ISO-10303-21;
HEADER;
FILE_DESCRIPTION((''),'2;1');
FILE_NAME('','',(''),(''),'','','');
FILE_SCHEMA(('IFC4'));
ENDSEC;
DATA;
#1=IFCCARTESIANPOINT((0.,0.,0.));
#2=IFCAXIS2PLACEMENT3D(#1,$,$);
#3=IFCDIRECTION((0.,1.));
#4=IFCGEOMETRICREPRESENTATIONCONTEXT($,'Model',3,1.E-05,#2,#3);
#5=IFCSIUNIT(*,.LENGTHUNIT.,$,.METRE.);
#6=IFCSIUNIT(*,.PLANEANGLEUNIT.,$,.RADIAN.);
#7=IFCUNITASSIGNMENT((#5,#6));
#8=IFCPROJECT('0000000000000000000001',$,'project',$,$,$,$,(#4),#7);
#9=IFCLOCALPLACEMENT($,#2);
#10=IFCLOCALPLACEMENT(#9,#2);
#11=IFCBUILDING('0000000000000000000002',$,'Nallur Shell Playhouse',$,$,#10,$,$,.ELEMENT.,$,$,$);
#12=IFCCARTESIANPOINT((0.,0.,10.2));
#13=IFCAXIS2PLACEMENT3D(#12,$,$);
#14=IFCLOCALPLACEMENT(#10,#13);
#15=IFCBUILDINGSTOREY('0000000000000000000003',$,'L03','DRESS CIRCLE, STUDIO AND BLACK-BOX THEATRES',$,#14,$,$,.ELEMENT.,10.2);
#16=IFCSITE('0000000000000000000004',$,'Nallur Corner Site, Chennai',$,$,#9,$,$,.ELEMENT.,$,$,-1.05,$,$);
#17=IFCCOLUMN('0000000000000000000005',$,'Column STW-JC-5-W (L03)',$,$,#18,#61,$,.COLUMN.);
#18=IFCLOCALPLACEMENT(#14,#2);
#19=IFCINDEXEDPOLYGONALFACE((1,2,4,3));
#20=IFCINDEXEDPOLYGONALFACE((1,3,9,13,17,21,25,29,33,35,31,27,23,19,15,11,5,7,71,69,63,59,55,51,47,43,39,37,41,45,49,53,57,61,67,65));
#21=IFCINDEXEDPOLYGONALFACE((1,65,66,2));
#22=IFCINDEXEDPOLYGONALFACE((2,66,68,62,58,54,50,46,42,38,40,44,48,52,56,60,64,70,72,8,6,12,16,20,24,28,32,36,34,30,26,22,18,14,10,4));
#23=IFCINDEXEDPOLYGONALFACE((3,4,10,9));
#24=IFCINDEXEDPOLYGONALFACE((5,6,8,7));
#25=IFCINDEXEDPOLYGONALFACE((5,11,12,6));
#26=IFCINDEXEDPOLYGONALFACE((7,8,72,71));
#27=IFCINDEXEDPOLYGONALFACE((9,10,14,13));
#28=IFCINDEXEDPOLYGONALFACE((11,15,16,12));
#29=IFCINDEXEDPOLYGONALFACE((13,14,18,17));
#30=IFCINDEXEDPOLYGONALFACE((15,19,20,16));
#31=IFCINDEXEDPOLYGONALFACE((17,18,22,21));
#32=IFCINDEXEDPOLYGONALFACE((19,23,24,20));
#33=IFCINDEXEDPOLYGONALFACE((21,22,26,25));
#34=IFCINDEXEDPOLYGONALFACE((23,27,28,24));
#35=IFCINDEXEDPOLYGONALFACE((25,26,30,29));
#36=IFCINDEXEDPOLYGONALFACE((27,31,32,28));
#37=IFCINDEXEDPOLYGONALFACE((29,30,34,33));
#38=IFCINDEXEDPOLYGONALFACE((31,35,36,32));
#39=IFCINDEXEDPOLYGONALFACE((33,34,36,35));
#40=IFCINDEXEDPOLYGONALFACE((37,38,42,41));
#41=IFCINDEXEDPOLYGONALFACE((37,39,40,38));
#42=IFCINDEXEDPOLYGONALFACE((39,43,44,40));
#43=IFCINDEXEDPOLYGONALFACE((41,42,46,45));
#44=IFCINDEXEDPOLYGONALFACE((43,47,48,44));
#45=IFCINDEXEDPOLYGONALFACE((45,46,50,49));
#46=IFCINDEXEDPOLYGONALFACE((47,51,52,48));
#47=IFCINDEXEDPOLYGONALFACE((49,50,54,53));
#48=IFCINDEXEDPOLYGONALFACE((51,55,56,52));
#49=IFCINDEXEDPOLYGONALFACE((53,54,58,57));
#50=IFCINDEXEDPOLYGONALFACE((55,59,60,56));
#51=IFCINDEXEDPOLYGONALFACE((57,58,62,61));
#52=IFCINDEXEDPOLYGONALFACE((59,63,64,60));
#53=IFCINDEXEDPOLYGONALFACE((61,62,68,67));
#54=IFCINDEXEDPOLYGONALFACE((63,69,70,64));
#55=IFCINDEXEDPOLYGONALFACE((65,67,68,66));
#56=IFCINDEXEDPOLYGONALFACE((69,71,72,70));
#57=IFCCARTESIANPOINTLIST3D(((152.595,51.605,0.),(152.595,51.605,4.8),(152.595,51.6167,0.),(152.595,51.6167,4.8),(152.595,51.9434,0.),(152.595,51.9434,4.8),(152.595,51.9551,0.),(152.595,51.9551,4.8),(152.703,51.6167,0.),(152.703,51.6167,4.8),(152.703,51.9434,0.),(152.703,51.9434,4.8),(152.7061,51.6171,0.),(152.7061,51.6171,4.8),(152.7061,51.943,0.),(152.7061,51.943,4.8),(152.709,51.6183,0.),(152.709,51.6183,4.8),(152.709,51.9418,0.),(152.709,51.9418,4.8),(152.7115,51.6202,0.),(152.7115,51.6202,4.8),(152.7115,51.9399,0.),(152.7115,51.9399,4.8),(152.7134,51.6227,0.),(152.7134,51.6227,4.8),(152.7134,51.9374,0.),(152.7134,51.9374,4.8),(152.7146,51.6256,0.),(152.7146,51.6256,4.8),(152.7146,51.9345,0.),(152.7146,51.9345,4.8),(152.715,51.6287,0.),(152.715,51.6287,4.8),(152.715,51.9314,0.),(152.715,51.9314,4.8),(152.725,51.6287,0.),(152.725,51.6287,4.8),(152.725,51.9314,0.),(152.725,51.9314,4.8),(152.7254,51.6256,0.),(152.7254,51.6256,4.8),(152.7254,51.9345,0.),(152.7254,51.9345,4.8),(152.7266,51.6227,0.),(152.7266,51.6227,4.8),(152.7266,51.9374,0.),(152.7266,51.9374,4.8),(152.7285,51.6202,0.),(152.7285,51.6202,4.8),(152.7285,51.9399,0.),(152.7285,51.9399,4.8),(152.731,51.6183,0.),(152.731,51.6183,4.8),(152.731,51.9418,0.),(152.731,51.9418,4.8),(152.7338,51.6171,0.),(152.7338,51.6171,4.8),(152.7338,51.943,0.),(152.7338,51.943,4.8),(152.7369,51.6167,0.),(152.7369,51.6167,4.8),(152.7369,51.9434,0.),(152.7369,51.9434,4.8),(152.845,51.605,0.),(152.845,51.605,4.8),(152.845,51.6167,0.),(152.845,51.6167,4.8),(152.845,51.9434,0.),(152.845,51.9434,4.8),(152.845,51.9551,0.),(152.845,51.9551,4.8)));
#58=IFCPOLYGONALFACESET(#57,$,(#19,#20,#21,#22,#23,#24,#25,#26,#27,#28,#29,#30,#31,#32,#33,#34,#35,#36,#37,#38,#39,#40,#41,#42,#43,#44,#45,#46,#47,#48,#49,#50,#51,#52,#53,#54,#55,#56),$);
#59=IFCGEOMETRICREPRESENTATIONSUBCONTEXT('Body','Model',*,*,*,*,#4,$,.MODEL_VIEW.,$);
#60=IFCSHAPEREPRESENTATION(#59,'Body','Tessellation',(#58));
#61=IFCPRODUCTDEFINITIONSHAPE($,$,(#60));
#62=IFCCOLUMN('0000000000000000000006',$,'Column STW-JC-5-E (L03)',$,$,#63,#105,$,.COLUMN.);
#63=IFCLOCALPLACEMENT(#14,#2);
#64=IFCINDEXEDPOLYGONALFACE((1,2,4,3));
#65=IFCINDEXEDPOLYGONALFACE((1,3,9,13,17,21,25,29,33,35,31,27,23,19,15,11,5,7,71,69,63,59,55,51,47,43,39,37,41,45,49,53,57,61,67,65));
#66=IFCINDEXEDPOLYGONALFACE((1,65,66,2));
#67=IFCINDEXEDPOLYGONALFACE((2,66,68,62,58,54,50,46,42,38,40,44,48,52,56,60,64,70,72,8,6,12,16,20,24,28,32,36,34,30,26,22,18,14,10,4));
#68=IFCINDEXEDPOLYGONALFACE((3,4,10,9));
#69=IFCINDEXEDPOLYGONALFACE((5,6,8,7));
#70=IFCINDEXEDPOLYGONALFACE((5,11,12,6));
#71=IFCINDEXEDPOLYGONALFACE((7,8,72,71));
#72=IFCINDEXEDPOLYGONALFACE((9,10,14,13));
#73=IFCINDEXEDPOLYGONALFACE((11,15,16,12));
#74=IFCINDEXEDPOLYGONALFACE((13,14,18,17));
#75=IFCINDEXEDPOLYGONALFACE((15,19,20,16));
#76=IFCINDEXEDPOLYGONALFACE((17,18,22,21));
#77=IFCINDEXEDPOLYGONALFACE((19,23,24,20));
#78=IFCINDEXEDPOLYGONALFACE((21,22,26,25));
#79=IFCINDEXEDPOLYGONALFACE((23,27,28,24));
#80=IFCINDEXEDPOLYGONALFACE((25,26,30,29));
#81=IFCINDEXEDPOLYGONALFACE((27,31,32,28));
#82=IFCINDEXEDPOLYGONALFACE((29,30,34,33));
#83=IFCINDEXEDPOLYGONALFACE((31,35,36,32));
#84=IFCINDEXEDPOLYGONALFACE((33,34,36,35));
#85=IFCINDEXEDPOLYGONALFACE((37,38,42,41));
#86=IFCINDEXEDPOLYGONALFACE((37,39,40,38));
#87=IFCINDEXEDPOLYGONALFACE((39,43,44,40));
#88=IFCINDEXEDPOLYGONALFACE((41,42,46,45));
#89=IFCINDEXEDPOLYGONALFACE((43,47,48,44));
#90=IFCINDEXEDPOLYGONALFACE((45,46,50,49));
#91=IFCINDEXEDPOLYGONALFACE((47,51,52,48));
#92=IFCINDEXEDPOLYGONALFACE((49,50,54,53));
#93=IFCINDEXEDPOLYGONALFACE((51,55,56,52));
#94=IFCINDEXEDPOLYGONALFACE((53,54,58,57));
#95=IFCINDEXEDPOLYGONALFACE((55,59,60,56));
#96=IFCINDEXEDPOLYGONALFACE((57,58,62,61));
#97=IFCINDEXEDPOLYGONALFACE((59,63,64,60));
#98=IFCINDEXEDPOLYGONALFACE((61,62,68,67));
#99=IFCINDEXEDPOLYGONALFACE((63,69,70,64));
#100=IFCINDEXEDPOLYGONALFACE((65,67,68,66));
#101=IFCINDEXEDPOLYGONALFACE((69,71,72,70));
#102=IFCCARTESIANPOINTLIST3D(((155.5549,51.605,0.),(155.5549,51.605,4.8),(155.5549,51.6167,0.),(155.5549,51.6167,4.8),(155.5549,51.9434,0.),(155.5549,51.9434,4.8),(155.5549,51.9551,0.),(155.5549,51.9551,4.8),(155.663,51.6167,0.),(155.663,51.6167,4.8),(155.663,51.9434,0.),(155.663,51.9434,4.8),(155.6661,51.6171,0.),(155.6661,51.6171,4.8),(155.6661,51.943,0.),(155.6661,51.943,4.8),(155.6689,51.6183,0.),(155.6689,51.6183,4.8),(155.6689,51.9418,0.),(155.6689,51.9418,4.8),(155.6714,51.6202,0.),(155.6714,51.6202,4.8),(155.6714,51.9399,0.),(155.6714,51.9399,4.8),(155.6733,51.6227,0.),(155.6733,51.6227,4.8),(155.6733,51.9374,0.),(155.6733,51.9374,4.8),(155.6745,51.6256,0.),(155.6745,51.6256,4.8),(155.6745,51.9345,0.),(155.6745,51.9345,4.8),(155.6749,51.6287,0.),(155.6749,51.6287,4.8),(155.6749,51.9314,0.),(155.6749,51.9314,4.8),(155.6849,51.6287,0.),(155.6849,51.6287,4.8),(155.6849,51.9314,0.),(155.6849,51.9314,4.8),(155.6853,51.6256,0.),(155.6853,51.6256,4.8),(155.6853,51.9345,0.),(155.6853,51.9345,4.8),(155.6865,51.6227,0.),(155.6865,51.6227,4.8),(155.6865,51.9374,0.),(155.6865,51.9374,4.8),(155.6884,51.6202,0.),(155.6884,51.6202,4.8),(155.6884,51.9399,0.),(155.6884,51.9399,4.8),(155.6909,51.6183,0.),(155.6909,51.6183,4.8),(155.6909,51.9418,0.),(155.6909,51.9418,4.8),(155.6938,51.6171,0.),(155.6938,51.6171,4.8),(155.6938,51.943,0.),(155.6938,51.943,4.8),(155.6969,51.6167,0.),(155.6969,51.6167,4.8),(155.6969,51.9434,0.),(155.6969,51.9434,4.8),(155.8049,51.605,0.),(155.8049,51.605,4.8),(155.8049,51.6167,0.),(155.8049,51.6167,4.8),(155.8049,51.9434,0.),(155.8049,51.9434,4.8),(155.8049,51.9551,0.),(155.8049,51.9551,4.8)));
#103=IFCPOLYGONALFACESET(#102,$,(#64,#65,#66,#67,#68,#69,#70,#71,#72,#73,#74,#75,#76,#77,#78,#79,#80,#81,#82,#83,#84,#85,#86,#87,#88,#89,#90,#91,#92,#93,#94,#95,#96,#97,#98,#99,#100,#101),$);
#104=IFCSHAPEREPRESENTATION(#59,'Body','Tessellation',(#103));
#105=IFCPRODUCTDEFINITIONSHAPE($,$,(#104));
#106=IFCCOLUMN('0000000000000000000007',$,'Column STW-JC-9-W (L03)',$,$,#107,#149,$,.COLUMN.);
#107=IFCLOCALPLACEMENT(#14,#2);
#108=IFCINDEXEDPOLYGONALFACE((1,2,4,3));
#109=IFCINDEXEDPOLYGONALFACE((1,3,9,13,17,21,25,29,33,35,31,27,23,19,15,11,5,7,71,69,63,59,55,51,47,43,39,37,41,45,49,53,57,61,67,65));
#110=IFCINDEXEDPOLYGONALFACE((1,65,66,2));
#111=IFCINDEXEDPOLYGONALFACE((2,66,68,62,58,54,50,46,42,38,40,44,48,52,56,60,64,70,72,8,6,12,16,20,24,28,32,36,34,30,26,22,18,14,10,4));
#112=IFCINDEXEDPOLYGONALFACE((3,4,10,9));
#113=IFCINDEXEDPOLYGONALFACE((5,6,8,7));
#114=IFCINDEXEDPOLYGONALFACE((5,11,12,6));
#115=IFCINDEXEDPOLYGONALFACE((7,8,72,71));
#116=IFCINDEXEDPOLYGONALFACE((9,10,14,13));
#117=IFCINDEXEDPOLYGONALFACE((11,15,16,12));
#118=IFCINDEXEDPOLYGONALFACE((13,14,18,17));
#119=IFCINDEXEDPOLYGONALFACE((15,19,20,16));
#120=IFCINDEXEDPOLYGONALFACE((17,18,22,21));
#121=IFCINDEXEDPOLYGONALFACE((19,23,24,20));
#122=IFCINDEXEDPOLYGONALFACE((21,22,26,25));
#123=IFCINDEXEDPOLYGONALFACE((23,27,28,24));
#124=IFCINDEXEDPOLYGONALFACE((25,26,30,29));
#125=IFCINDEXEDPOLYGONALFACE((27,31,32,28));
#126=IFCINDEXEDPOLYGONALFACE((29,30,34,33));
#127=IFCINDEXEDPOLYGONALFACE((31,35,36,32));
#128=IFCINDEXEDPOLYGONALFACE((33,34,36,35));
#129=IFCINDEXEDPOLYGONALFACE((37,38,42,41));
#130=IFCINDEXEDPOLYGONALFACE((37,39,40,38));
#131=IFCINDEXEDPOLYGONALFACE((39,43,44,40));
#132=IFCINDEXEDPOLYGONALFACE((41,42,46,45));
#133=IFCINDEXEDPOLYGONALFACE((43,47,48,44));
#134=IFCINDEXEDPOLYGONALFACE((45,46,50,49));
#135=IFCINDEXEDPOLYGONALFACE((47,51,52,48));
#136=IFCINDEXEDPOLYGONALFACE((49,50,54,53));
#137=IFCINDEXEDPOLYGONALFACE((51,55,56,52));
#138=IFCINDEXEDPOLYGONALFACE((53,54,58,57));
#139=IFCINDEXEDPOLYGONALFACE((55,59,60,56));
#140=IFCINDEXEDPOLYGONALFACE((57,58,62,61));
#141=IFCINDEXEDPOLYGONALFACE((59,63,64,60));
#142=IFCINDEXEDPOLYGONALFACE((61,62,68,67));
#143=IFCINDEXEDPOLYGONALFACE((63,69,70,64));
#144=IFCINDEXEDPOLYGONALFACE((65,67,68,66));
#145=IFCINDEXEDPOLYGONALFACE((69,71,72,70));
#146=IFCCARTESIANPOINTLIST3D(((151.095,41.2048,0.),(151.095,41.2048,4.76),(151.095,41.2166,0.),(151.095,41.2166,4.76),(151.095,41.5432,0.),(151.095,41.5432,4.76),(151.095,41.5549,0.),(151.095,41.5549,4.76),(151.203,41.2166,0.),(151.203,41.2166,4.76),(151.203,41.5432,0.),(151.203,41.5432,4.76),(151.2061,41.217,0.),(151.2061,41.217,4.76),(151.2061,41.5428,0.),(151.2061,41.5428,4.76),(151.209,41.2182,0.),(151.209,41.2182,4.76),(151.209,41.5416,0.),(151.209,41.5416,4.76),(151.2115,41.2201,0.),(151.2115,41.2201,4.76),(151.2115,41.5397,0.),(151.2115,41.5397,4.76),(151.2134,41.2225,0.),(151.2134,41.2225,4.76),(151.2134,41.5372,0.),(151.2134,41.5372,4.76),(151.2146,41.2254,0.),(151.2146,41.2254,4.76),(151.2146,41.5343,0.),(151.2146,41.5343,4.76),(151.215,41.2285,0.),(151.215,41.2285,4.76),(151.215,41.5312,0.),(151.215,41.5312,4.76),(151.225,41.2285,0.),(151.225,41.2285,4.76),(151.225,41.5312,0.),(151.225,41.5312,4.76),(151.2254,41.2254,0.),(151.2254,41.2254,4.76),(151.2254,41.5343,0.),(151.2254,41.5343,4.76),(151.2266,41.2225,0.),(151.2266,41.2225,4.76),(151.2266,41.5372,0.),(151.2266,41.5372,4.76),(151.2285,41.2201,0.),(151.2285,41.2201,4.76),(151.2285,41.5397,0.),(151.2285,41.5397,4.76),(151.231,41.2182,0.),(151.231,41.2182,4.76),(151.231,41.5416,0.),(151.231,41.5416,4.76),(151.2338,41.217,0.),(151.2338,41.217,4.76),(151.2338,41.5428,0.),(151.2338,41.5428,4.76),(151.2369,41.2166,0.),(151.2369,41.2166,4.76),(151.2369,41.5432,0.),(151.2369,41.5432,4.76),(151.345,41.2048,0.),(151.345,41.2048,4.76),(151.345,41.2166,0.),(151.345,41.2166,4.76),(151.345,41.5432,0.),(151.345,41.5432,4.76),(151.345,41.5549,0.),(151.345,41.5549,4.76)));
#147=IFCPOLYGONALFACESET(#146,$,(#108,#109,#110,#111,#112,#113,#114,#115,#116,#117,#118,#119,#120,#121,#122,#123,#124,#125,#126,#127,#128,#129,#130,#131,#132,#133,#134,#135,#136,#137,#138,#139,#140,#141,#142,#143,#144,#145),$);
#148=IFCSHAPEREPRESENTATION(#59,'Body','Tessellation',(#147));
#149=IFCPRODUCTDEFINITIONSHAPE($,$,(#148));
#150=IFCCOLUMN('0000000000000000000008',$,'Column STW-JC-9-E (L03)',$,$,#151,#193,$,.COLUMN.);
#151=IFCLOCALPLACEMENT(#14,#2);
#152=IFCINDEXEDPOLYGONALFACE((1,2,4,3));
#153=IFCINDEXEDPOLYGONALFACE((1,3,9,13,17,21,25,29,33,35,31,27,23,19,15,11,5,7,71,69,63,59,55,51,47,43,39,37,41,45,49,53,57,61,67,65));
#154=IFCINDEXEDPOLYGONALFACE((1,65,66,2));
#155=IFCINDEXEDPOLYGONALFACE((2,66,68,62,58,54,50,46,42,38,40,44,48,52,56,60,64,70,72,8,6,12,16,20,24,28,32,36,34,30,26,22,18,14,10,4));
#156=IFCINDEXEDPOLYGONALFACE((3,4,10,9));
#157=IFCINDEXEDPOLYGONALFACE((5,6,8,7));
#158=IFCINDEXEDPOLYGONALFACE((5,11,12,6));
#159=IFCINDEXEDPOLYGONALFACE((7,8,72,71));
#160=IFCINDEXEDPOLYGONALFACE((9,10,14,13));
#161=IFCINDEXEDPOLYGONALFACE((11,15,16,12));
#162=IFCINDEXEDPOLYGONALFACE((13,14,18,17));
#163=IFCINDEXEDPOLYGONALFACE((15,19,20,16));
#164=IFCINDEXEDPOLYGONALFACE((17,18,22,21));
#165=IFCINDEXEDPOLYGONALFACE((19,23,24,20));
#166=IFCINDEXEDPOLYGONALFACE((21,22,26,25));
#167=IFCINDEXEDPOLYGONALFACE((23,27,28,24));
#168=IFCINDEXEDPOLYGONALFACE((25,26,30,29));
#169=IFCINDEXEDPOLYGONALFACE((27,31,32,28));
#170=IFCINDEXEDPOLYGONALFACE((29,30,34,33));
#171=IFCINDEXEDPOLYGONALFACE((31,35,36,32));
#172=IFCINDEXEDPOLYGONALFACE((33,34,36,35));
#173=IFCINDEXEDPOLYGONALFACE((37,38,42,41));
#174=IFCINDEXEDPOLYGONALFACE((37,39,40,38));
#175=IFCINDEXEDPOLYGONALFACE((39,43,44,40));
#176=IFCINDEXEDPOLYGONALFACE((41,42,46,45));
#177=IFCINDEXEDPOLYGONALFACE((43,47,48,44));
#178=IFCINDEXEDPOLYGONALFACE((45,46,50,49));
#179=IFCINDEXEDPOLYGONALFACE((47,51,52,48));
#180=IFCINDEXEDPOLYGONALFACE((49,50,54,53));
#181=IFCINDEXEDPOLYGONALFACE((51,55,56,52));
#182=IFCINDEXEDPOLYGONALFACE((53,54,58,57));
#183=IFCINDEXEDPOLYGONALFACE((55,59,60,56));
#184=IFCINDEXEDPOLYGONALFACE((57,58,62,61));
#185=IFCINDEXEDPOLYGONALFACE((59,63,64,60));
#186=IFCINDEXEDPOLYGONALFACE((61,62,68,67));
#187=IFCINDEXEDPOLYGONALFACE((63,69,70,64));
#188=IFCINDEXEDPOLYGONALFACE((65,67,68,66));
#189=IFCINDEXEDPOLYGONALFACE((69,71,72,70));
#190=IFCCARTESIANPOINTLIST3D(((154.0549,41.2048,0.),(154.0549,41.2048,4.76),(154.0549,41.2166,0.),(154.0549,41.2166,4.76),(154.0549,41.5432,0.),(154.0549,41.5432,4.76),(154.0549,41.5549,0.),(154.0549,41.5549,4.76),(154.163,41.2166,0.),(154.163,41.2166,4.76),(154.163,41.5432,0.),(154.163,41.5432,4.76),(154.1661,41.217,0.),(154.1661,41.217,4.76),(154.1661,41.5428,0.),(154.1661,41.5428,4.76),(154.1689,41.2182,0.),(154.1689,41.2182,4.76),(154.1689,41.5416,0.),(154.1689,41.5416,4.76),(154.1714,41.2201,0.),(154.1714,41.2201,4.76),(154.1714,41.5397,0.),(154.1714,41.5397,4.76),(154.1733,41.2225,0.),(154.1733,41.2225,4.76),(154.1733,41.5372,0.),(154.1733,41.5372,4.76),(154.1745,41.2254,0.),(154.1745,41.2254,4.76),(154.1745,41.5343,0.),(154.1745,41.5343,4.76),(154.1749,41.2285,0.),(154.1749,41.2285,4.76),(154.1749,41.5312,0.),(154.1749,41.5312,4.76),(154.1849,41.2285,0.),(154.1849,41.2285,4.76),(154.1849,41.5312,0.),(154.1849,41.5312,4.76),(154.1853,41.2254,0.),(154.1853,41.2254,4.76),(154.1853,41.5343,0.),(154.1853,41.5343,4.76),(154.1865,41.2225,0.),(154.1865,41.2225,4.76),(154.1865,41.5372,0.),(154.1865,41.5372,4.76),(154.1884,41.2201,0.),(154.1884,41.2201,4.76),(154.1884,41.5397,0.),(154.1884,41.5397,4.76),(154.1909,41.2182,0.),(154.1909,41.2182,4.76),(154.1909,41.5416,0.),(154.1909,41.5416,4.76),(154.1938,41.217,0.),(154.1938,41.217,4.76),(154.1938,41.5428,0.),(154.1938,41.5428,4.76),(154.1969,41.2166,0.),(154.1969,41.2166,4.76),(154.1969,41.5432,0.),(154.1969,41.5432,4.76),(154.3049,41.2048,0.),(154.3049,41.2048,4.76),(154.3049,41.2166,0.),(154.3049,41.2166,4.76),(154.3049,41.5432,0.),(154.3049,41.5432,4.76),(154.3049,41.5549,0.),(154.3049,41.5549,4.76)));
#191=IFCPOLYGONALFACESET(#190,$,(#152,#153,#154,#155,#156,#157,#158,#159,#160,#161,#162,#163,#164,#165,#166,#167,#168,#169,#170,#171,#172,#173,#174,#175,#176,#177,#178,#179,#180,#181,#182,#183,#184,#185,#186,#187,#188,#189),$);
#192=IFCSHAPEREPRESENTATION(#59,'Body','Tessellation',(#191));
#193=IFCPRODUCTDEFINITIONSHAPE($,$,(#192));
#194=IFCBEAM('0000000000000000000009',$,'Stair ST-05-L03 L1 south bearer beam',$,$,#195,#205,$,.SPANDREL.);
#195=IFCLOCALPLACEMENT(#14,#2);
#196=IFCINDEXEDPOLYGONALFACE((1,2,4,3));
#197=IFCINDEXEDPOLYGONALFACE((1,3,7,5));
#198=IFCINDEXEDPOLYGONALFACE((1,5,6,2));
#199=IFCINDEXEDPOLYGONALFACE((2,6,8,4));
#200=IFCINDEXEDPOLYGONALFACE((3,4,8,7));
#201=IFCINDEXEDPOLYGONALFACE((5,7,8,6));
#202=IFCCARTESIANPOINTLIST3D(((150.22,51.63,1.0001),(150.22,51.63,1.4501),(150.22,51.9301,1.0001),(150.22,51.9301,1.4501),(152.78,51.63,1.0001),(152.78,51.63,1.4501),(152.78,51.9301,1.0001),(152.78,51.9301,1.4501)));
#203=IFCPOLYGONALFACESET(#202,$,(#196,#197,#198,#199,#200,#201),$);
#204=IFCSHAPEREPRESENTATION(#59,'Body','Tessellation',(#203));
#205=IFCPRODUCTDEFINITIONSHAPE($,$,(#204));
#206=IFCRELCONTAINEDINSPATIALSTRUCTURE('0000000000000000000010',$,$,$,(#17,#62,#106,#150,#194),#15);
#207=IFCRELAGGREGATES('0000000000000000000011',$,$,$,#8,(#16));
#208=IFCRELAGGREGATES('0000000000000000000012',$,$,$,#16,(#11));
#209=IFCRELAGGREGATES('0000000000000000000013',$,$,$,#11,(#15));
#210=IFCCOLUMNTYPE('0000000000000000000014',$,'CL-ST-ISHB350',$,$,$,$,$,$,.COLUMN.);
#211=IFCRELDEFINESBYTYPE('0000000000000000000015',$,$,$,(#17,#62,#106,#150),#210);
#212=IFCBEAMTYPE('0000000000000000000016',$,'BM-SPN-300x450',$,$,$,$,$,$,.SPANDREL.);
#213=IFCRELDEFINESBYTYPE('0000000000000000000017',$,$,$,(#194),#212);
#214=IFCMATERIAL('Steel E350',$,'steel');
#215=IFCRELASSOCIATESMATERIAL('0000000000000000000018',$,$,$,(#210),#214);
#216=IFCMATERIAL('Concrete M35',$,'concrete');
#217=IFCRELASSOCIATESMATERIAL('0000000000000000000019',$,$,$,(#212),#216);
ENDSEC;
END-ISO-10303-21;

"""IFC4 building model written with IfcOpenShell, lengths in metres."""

from ifc_helpers import new_model, si_unit, direction, frame, origin, origin_2d, place, context, subcontext, project, spatial, rectangle, i_section, extrude, material, material_profile, profile_set, type_object, element, save


model = new_model("IFC4")

# Units and contexts
model_context = context("Model", 3, precision=1e-05, world=origin(), true_north=direction((0.0, 1.0)))
body_context = subcontext(model_context, "Body", "Model", "MODEL_VIEW")
ifc_project = project(units=[si_unit("LENGTHUNIT", "METRE"), si_unit("PLANEANGLEUNIT", "RADIAN")], contexts=[model_context])

# Site, building, storey
site_placement = place(None, origin())
site = spatial("IfcSite", under=ifc_project, at=site_placement, Name="Nallur Corner Site, Chennai", CompositionType="ELEMENT", RefElevation=-1.05)
building_placement = place(site_placement, origin())
building = spatial("IfcBuilding", under=site, at=building_placement, Name="Nallur Shell Playhouse", CompositionType="ELEMENT")
storey_placement = place(building_placement, frame((0.0, 0.0, 10.2)))
storey = spatial("IfcBuildingStorey", under=building, at=storey_placement, Name="L03", Description="DRESS CIRCLE, STUDIO AND BLACK-BOX THEATRES", CompositionType="ELEMENT", Elevation=10.2)

# Columns
ifc_material_1 = material(Name="Steel E350", Category="steel")
ifc_material_profile_1 = material_profile(ifc_material_1, i_section(OverallWidth=0.25, OverallDepth=0.3501, WebThickness=0.01, FlangeThickness=0.0117, FilletRadius=0.012, at=origin_2d()), Name="ISHB 350")
ifc_profile_set_1 = profile_set([ifc_material_profile_1], Name="Steel E350")
column_type = type_object("IfcColumnType", Name="CL-ST-ISHB350", PredefinedType="COLUMN", material=ifc_profile_set_1)
for number, where, z_axis, x_axis, name in (
    (1, (152.72, 51.78, 0.0), (0.0, 0.0, 1.0), (1.0, 0.0, 0.0), "Column STW-JC-5-W (L03)"),
    (2, (155.6799, 51.78, 0.0), (0.0, 0.0, 1.0), (1.0, 0.0, 0.0), "Column STW-JC-5-E (L03)"),
):
    element("IfcColumn", number, at=place(storey_placement, frame(where, z_axis=z_axis, x_axis=x_axis)), inside=storey, type_object=column_type, Name=name, PredefinedType="COLUMN", context=body_context, shape_type="SweptSolid", body=[
        extrude(i_section(OverallWidth=0.25, OverallDepth=0.3501, WebThickness=0.01, FlangeThickness=0.0117, FilletRadius=0.012, at=origin_2d()), origin(), (0.0, 0.0, 1.0), 4.8),
    ])
for number, where, z_axis, x_axis, name in (
    (3, (151.22, 41.3799, 0.0), (0.0, 0.0, 1.0), (1.0, 0.0, 0.0), "Column STW-JC-9-W (L03)"),
    (4, (154.1799, 41.3799, 0.0), (0.0, 0.0, 1.0), (1.0, 0.0, 0.0), "Column STW-JC-9-E (L03)"),
):
    element("IfcColumn", number, at=place(storey_placement, frame(where, z_axis=z_axis, x_axis=x_axis)), inside=storey, type_object=column_type, Name=name, PredefinedType="COLUMN", context=body_context, shape_type="SweptSolid", body=[
        extrude(i_section(OverallWidth=0.25, OverallDepth=0.3501, WebThickness=0.01, FlangeThickness=0.0117, FilletRadius=0.012, at=origin_2d()), origin(), (0.0, 0.0, 1.0), 4.76),
    ])

# Beam
ifc_material_2 = material(Name="Concrete M35", Category="concrete")
ifc_material_profile_2 = material_profile(ifc_material_2, rectangle(XDim=0.3, YDim=0.45, at=origin_2d()), Name="RC 300x450")
ifc_profile_set_2 = profile_set([ifc_material_profile_2], Name="Concrete M35")
beam_type = type_object("IfcBeamType", Name="BM-SPN-300x450", PredefinedType="SPANDREL", material=ifc_profile_set_2)
beam_1_placement = place(storey_placement, frame((150.22, 51.78, 1.2251), z_axis=(1.0, 0.0, 0.0), x_axis=(0.0, 1.0, 0.0)))
element("IfcBeam", 5, at=beam_1_placement, inside=storey, type_object=beam_type, Name="Stair ST-05-L03 L1 south bearer beam", PredefinedType="SPANDREL", context=body_context, shape_type="SweptSolid", body=[
    extrude(rectangle(XDim=0.3, YDim=0.45, at=origin_2d()), origin(), (0.0, 0.0, 1.0), 2.5601),
])

save(model, "model.ifc")
